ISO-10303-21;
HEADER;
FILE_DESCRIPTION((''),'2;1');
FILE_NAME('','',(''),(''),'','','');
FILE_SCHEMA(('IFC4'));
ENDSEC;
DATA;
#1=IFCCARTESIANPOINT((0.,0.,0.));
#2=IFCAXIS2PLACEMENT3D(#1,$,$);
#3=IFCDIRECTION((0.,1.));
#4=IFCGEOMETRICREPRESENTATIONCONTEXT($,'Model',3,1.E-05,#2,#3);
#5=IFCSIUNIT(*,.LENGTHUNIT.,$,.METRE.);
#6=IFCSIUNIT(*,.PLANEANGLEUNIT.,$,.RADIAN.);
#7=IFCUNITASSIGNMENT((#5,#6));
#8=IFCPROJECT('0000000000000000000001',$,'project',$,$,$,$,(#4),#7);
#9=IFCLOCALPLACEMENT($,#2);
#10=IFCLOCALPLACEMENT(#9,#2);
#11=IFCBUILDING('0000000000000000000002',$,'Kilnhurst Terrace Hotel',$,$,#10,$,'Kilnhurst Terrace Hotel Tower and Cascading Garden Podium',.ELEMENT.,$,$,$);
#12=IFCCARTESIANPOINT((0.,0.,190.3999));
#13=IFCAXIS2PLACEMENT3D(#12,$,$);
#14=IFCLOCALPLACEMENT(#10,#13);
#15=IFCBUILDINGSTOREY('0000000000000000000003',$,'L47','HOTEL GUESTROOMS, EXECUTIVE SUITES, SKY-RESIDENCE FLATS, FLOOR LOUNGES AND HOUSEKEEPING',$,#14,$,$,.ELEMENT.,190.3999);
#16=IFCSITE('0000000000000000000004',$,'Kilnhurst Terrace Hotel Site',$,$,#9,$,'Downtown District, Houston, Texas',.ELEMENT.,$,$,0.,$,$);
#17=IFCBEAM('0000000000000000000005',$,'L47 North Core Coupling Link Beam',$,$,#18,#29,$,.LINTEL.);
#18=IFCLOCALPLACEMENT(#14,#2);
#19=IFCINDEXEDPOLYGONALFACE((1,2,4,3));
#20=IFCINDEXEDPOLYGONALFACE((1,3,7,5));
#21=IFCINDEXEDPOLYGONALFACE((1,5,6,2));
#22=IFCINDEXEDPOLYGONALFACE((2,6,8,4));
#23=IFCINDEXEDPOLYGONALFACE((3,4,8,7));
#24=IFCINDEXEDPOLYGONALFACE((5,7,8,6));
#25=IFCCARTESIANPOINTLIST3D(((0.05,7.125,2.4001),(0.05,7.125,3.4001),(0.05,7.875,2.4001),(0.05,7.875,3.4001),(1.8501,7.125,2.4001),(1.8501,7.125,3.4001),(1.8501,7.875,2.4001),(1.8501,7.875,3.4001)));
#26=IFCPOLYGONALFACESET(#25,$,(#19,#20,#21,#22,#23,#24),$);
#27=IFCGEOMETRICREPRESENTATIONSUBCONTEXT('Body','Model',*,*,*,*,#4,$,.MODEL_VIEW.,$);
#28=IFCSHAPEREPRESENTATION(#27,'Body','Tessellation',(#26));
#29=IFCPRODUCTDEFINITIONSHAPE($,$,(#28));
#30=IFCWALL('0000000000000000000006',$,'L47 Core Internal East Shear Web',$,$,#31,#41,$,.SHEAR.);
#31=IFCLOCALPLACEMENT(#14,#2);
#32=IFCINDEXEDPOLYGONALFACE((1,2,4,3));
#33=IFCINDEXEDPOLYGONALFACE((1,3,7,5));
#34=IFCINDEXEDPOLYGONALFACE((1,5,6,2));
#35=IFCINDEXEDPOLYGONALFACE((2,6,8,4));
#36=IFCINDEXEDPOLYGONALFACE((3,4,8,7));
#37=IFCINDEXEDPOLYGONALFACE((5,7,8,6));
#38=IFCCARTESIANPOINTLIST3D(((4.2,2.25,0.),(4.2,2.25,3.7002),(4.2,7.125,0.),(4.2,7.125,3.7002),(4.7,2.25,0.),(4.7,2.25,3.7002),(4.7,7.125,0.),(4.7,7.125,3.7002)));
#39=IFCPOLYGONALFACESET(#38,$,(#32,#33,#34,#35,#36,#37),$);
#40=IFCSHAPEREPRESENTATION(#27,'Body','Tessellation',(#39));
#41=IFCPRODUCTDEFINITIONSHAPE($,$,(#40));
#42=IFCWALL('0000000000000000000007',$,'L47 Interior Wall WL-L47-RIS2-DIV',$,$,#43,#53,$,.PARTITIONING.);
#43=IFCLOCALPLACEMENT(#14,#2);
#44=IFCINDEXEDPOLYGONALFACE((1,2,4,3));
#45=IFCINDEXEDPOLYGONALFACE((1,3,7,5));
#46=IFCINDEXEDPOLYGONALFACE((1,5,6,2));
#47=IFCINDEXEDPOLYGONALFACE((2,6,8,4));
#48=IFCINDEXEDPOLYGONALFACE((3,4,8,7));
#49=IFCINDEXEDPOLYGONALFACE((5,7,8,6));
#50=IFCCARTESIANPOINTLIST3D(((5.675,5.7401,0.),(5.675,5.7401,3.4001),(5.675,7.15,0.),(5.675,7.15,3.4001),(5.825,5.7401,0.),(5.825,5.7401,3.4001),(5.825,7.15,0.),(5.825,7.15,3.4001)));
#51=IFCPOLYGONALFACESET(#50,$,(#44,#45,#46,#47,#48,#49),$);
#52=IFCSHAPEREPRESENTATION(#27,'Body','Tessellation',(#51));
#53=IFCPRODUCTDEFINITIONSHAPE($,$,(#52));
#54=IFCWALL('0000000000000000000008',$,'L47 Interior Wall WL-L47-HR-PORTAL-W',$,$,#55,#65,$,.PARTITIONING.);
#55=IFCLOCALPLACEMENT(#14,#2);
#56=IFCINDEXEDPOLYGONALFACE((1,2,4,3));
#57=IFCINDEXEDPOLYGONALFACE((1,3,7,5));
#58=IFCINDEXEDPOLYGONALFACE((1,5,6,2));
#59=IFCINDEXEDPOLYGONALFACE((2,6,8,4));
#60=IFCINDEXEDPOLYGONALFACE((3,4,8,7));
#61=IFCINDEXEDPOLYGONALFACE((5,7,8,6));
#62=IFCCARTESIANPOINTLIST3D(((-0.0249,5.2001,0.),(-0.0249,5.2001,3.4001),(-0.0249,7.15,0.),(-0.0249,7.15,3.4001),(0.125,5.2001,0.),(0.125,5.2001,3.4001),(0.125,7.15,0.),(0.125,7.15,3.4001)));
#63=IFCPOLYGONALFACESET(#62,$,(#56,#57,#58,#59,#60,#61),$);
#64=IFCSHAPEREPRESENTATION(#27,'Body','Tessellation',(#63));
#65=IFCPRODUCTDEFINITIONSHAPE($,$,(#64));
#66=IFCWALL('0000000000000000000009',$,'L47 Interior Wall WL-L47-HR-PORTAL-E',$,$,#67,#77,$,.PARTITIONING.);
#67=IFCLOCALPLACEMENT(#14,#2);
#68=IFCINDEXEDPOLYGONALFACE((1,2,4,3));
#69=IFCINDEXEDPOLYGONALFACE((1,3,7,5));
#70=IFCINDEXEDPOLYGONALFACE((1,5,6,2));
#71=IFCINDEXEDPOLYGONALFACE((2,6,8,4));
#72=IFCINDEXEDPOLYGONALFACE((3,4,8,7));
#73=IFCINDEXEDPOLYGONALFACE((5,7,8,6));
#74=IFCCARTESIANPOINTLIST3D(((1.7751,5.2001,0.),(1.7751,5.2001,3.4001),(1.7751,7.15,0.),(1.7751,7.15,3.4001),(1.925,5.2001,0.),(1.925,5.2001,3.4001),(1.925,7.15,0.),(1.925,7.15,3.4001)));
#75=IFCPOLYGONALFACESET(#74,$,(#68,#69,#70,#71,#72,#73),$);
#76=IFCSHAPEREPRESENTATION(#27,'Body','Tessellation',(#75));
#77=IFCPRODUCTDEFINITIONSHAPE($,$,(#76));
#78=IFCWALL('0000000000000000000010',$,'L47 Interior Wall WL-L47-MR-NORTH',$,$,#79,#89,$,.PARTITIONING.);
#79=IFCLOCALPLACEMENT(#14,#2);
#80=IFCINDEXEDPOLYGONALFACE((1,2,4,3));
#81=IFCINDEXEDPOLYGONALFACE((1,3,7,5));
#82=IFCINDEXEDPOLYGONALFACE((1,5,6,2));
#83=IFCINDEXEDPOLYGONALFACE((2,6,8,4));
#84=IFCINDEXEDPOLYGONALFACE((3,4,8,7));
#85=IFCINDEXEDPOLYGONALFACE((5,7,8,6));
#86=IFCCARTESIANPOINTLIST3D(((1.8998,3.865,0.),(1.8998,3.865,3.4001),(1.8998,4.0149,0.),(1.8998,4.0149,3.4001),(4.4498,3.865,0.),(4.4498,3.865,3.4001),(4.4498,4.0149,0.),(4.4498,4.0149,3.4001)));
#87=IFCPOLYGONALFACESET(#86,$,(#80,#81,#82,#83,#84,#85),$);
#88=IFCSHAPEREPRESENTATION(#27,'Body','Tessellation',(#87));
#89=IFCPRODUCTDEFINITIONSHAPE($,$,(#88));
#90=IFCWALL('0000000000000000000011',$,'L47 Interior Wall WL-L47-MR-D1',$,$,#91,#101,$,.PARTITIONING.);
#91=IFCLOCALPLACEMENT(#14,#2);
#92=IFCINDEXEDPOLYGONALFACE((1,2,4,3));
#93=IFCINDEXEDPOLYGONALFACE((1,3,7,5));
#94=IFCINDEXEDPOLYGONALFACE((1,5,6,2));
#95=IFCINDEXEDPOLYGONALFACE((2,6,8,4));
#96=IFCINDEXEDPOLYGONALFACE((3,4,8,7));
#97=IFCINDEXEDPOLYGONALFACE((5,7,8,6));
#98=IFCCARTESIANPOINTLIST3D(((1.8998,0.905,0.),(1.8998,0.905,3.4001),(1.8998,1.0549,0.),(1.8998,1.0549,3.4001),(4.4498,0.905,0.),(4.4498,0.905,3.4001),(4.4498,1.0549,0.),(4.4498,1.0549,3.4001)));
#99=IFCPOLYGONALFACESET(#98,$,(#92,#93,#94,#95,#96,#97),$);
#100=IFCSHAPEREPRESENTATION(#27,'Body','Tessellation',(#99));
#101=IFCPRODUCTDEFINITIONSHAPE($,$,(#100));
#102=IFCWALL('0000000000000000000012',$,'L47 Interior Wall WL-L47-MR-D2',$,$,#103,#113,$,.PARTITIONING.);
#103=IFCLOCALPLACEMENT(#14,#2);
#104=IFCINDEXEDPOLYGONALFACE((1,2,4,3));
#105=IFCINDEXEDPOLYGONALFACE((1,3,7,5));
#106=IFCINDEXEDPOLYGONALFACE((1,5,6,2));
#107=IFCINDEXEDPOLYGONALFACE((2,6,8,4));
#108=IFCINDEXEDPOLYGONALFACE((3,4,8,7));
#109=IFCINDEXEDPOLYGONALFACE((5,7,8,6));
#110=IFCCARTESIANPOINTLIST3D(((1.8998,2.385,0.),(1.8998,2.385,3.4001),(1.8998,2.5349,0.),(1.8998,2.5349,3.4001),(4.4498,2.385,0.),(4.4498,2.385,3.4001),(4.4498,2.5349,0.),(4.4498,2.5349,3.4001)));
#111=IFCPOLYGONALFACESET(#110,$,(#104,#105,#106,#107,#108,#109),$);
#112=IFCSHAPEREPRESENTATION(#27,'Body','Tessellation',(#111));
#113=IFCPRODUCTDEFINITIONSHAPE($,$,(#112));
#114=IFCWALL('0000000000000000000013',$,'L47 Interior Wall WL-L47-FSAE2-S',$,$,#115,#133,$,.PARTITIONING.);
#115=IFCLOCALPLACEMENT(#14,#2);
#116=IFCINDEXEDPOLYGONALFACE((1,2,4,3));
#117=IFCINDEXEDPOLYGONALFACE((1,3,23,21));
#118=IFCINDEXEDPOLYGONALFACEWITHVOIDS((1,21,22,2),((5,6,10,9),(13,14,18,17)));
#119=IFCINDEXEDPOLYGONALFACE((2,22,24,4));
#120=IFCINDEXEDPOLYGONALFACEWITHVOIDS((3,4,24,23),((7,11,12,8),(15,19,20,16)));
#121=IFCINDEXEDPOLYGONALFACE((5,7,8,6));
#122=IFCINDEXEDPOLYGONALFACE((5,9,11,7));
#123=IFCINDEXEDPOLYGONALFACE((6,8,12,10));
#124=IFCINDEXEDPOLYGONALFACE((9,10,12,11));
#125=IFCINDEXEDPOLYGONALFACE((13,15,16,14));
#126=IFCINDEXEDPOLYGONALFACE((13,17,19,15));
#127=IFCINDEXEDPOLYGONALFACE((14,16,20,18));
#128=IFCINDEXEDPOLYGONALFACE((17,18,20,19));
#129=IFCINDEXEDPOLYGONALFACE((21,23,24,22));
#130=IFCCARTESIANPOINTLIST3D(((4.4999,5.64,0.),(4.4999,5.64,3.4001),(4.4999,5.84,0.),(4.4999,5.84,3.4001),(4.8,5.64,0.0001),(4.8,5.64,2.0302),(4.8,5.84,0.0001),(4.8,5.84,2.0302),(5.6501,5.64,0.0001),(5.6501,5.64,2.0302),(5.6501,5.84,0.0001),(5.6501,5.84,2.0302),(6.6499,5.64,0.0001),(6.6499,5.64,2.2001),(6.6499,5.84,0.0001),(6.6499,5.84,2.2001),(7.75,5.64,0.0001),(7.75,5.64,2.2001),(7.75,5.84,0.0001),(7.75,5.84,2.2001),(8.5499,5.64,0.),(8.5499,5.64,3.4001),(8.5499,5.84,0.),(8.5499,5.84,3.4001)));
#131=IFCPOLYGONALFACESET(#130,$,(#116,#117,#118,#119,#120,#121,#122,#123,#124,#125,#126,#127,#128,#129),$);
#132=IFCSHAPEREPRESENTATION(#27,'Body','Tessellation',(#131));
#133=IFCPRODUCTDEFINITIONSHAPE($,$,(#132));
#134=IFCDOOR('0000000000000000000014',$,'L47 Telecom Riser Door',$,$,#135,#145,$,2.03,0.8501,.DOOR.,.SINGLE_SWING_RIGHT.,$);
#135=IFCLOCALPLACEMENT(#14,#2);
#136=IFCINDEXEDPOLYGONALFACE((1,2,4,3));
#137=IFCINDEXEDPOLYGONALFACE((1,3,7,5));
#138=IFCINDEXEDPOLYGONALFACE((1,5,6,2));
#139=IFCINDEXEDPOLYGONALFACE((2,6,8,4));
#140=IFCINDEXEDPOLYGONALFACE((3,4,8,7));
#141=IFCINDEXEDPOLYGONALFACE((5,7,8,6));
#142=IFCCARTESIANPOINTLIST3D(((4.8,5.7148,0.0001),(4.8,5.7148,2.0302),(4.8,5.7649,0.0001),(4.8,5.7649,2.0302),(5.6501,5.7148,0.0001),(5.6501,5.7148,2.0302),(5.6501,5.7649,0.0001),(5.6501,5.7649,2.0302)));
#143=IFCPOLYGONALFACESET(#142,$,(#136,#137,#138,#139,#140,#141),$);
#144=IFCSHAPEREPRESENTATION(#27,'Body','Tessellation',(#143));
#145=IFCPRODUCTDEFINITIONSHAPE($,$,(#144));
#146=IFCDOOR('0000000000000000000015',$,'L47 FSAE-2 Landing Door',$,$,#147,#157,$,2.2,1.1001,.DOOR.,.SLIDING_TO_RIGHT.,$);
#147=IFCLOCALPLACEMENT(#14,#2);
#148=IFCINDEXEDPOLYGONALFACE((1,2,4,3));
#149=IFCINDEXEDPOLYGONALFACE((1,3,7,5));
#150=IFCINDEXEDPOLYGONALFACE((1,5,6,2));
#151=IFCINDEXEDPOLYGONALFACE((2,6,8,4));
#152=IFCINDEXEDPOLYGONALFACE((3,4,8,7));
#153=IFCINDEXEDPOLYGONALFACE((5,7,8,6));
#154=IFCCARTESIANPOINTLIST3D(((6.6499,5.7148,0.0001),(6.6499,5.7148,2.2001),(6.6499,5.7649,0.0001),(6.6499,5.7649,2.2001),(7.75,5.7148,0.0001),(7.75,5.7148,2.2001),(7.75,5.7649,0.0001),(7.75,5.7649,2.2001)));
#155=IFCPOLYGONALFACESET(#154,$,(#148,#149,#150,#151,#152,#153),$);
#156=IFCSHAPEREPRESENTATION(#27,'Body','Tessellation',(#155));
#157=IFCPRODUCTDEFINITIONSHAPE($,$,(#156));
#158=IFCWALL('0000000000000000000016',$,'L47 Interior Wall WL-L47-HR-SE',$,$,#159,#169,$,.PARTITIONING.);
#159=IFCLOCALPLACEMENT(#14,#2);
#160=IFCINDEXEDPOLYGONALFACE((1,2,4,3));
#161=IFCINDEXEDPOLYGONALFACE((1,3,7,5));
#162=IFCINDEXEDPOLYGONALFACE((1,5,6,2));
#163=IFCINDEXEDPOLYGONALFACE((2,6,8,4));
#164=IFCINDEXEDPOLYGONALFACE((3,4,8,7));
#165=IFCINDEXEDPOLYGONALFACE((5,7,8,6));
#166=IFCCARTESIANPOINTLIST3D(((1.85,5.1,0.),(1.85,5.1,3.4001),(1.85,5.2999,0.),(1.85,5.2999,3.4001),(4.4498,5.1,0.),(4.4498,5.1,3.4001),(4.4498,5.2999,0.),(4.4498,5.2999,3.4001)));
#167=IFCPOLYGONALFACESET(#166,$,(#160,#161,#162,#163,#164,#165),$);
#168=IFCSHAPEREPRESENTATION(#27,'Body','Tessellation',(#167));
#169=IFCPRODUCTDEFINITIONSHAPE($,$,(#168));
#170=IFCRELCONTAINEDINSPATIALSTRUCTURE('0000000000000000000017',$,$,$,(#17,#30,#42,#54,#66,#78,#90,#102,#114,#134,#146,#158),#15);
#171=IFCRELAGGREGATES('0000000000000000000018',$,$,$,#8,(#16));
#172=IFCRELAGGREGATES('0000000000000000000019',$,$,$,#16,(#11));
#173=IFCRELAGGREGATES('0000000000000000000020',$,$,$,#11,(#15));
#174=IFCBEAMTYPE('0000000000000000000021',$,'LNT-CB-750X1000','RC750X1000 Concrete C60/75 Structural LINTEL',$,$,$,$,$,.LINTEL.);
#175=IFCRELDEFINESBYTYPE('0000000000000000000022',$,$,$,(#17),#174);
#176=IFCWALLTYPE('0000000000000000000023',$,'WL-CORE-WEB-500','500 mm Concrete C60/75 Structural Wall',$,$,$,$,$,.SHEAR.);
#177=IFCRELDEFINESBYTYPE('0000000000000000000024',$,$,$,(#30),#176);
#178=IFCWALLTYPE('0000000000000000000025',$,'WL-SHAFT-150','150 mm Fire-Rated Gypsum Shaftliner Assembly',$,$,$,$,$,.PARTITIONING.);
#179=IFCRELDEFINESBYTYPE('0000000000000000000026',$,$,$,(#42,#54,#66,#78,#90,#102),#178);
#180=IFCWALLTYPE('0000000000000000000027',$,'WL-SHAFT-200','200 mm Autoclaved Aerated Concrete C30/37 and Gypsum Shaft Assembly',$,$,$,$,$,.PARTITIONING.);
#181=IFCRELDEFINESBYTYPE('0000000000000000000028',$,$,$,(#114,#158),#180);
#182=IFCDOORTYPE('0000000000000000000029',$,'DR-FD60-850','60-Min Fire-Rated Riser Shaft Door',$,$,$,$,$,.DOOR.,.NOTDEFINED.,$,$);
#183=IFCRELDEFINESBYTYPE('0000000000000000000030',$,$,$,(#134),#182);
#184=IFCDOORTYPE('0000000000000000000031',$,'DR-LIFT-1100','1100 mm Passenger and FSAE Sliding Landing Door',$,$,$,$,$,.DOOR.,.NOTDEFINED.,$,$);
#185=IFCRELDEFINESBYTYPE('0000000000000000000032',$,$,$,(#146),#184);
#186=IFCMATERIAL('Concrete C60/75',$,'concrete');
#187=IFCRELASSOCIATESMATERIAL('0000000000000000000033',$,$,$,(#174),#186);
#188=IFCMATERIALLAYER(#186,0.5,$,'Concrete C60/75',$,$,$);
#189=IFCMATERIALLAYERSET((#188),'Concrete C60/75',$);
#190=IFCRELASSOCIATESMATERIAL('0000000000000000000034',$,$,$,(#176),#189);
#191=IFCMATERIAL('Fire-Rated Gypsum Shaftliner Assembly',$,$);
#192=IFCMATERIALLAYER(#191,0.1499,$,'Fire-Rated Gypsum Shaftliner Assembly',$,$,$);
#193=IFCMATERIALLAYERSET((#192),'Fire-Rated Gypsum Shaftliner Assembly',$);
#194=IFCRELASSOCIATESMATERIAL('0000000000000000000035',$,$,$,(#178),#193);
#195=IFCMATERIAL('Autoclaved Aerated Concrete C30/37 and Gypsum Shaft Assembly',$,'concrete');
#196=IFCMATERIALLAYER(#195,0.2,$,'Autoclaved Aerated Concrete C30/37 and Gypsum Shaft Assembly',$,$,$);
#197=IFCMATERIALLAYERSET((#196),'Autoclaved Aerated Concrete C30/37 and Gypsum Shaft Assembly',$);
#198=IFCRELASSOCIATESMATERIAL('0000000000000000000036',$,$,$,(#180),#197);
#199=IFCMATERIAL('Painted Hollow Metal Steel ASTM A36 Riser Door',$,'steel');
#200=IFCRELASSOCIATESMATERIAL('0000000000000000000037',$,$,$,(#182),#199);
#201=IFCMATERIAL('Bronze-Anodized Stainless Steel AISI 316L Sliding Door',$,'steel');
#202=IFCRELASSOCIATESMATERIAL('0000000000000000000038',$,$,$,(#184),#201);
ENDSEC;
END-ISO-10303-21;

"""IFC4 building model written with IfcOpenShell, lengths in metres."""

from ifc_helpers import new_model, si_unit, direction, frame, frame_2d, origin, origin_2d, place, context, subcontext, project, spatial, rectangle, extrude, material, layer, layer_set, material_profile, profile_set, type_object, element, fill, save


model = new_model("IFC4")

# Units and contexts
model_context = context("Model", 3, precision=1e-05, world=origin(), true_north=direction((0.0, 1.0)))
body_context = subcontext(model_context, "Body", "Model", "MODEL_VIEW")
ifc_project = project(units=[si_unit("LENGTHUNIT", "METRE"), si_unit("PLANEANGLEUNIT", "RADIAN")], contexts=[model_context])

# Site, building, storey
site_placement = place(None, origin())
site = spatial("IfcSite", under=ifc_project, at=site_placement, Name="Kilnhurst Terrace Hotel Site", LongName="Downtown District, Houston, Texas", CompositionType="ELEMENT", RefElevation=0.0)
building_placement = place(site_placement, origin())
building = spatial("IfcBuilding", under=site, at=building_placement, Name="Kilnhurst Terrace Hotel", LongName="Kilnhurst Terrace Hotel Tower and Cascading Garden Podium", CompositionType="ELEMENT")
storey_placement = place(building_placement, frame((0.0, 0.0, 190.3999)))
storey = spatial("IfcBuildingStorey", under=building, at=storey_placement, Name="L47", Description="HOTEL GUESTROOMS, EXECUTIVE SUITES, SKY-RESIDENCE FLATS, FLOOR LOUNGES AND HOUSEKEEPING", CompositionType="ELEMENT", Elevation=190.3999)

# Beam
ifc_material_1 = material(Name="Concrete C60/75", Category="concrete")
ifc_material_profile = material_profile(ifc_material_1, rectangle(XDim=0.75, YDim=1.0, at=origin_2d()), Name="RC750X1000")
ifc_profile_set = profile_set([ifc_material_profile], Name="Concrete C60/75")
beam_type = type_object("IfcBeamType", Name="LNT-CB-750X1000", Description="RC750X1000 Concrete C60/75 Structural LINTEL", PredefinedType="LINTEL", material=ifc_profile_set)
beam_placement = place(storey_placement, frame((0.05, 7.5, 2.9001), z_axis=(1.0, 0.0, 0.0), x_axis=(0.0, 1.0, 0.0)))
element("IfcBeam", 1, at=beam_placement, inside=storey, type_object=beam_type, Name="L47 North Core Coupling Link Beam", PredefinedType="LINTEL", context=body_context, shape_type="SweptSolid", body=[
    extrude(rectangle(XDim=0.75, YDim=1.0, at=origin_2d()), origin(), (0.0, 0.0, 1.0), 1.8),
])

# Walls
ifc_layer_1 = layer(ifc_material_1, 0.5, Name="Concrete C60/75")
ifc_layer_set_1 = layer_set([ifc_layer_1], Name="Concrete C60/75")
wall_type_1 = type_object("IfcWallType", Name="WL-CORE-WEB-500", Description="500 mm Concrete C60/75 Structural Wall", PredefinedType="SHEAR", material=ifc_layer_set_1)
wall_1_placement = place(storey_placement, frame((4.45, 2.25, 0.0), z_axis=(0.0, 0.0, 1.0), x_axis=(0.0, 1.0, 0.0)))
element("IfcWall", 2, at=wall_1_placement, inside=storey, type_object=wall_type_1, Name="L47 Core Internal East Shear Web", PredefinedType="SHEAR", context=body_context, shape_type="SweptSolid", body=[
    extrude(rectangle(XDim=4.875, YDim=0.5, at=frame_2d((2.4375, 0.0))), origin(), (0.0, 0.0, 1.0), 3.7002),
])
ifc_material_2 = material(Name="Fire-Rated Gypsum Shaftliner Assembly")
ifc_layer_2 = layer(ifc_material_2, 0.1499, Name="Fire-Rated Gypsum Shaftliner Assembly")
ifc_layer_set_2 = layer_set([ifc_layer_2], Name="Fire-Rated Gypsum Shaftliner Assembly")
wall_type_2 = type_object("IfcWallType", Name="WL-SHAFT-150", Description="150 mm Fire-Rated Gypsum Shaftliner Assembly", PredefinedType="PARTITIONING", material=ifc_layer_set_2)
wall_2_placement = place(storey_placement, frame((5.75, 5.74, 0.0), z_axis=(0.0, 0.0, 1.0), x_axis=(0.0, 1.0, 0.0)))
element("IfcWall", 3, at=wall_2_placement, inside=storey, type_object=wall_type_2, Name="L47 Interior Wall WL-L47-RIS2-DIV", PredefinedType="PARTITIONING", context=body_context, shape_type="SweptSolid", body=[
    extrude(rectangle(XDim=1.4099, YDim=0.1499, at=frame_2d((0.7051, 0.0))), origin(), (0.0, 0.0, 1.0), 3.4001),
])
for number, where, z_axis, x_axis, name in (
    (4, (0.05, 5.2, 0.0), (0.0, 0.0, 1.0), (0.0, 1.0, 0.0), "L47 Interior Wall WL-L47-HR-PORTAL-W"),
    (5, (1.8501, 5.2, 0.0), (0.0, 0.0, 1.0), (0.0, 1.0, 0.0), "L47 Interior Wall WL-L47-HR-PORTAL-E"),
):
    element("IfcWall", number, at=place(storey_placement, frame(where, z_axis=z_axis, x_axis=x_axis)), inside=storey, type_object=wall_type_2, Name=name, PredefinedType="PARTITIONING", context=body_context, shape_type="SweptSolid", body=[
        extrude(rectangle(XDim=1.95, YDim=0.1499, at=frame_2d((0.9751, 0.0))), origin(), (0.0, 0.0, 1.0), 3.4001),
    ])
for number, where, z_axis, x_axis, name in (
    (6, (1.8999, 3.9399, 0.0), (0.0, 0.0, 1.0), (1.0, 0.0, 0.0), "L47 Interior Wall WL-L47-MR-NORTH"),
    (7, (1.8999, 0.98, 0.0), (0.0, 0.0, 1.0), (1.0, 0.0, 0.0), "L47 Interior Wall WL-L47-MR-D1"),
    (8, (1.8999, 2.46, 0.0), (0.0, 0.0, 1.0), (1.0, 0.0, 0.0), "L47 Interior Wall WL-L47-MR-D2"),
):
    element("IfcWall", number, at=place(storey_placement, frame(where, z_axis=z_axis, x_axis=x_axis)), inside=storey, type_object=wall_type_2, Name=name, PredefinedType="PARTITIONING", context=body_context, shape_type="SweptSolid", body=[
        extrude(rectangle(XDim=2.55, YDim=0.1499, at=frame_2d((1.2749, 0.0))), origin(), (0.0, 0.0, 1.0), 3.4001),
    ])

# Wall, openings, doors
ifc_material_3 = material(Name="Autoclaved Aerated Concrete C30/37 and Gypsum Shaft Assembly", Category="concrete")
ifc_layer_3 = layer(ifc_material_3, 0.2, Name="Autoclaved Aerated Concrete C30/37 and Gypsum Shaft Assembly")
ifc_layer_set_3 = layer_set([ifc_layer_3], Name="Autoclaved Aerated Concrete C30/37 and Gypsum Shaft Assembly")
wall_type_3 = type_object("IfcWallType", Name="WL-SHAFT-200", Description="200 mm Autoclaved Aerated Concrete C30/37 and Gypsum Shaft Assembly", PredefinedType="PARTITIONING", material=ifc_layer_set_3)
wall_3_placement = place(storey_placement, frame((4.5, 5.74, 0.0), z_axis=(0.0, 0.0, 1.0), x_axis=(1.0, 0.0, 0.0)))
wall_3 = element("IfcWall", 9, at=wall_3_placement, inside=storey, type_object=wall_type_3, Name="L47 Interior Wall WL-L47-FSAE2-S", PredefinedType="PARTITIONING", context=body_context, shape_type="SweptSolid", body=[
    extrude(rectangle(XDim=4.05, YDim=0.2, at=frame_2d((2.0249, 0.0))), origin(), (0.0, 0.0, 1.0), 3.4001),
])
opening_1_placement = place(wall_3_placement, frame((0.3, 0.0, 0.0)))
opening_1 = element("IfcOpeningElement", 10, at=opening_1_placement, cuts=wall_3, PredefinedType="OPENING", context=body_context, shape_type="SweptSolid", body=[
    extrude(rectangle(XDim=0.8501, YDim=2.03, at=frame_2d((0.425, 1.0151))), frame((0.0, 0.1099, 0.0), z_axis=(0.0, -1.0, 0.0), x_axis=(1.0, 0.0, 0.0)), (0.0, 0.0, 1.0), 0.22),
])
opening_2_placement = place(wall_3_placement, frame((2.1499, 0.0, 0.0)))
opening_2 = element("IfcOpeningElement", 11, at=opening_2_placement, cuts=wall_3, PredefinedType="OPENING", context=body_context, shape_type="SweptSolid", body=[
    extrude(rectangle(XDim=1.1001, YDim=2.2, at=frame_2d((0.55, 1.1001))), frame((0.0, 0.1099, 0.0), z_axis=(0.0, -1.0, 0.0), x_axis=(1.0, 0.0, 0.0)), (0.0, 0.0, 1.0), 0.22),
])
ifc_material_4 = material(Name="Painted Hollow Metal Steel ASTM A36 Riser Door", Category="steel")
door_type_1 = type_object("IfcDoorType", Name="DR-FD60-850", Description="60-Min Fire-Rated Riser Shaft Door", OperationType="NOTDEFINED", PredefinedType="DOOR", material=ifc_material_4)
door_1_placement = place(opening_1_placement, origin())
door_1 = element("IfcDoor", 12, at=door_1_placement, inside=storey, type_object=door_type_1, Name="L47 Telecom Riser Door", OperationType="SINGLE_SWING_RIGHT", OverallHeight=2.03, OverallWidth=0.8501, PredefinedType="DOOR", context=body_context, shape_type="SweptSolid", body=[
    extrude(rectangle(XDim=0.8501, YDim=2.03, at=frame_2d((0.425, 1.0151))), frame((0.0, 0.0249, 0.0), z_axis=(0.0, -1.0, 0.0), x_axis=(1.0, 0.0, 0.0)), (0.0, 0.0, 1.0), 0.05),
])
fill(opening_1, door_1)
ifc_material_5 = material(Name="Bronze-Anodized Stainless Steel AISI 316L Sliding Door", Category="steel")
door_type_2 = type_object("IfcDoorType", Name="DR-LIFT-1100", Description="1100 mm Passenger and FSAE Sliding Landing Door", OperationType="NOTDEFINED", PredefinedType="DOOR", material=ifc_material_5)
door_2_placement = place(opening_2_placement, origin())
door_2 = element("IfcDoor", 13, at=door_2_placement, inside=storey, type_object=door_type_2, Name="L47 FSAE-2 Landing Door", OperationType="SLIDING_TO_RIGHT", OverallHeight=2.2, OverallWidth=1.1001, PredefinedType="DOOR", context=body_context, shape_type="SweptSolid", body=[
    extrude(rectangle(XDim=1.1001, YDim=2.2, at=frame_2d((0.55, 1.1001))), frame((0.0, 0.0249, 0.0), z_axis=(0.0, -1.0, 0.0), x_axis=(1.0, 0.0, 0.0)), (0.0, 0.0, 1.0), 0.05),
])
fill(opening_2, door_2)

# Wall
wall_4_placement = place(storey_placement, frame((1.8501, 5.2, 0.0), z_axis=(0.0, 0.0, 1.0), x_axis=(1.0, 0.0, 0.0)))
element("IfcWall", 14, at=wall_4_placement, inside=storey, type_object=wall_type_3, Name="L47 Interior Wall WL-L47-HR-SE", PredefinedType="PARTITIONING", context=body_context, shape_type="SweptSolid", body=[
    extrude(rectangle(XDim=2.5999, YDim=0.2, at=frame_2d((1.2998, 0.0))), origin(), (0.0, 0.0, 1.0), 3.4001),
])

save(model, "model.ifc")
